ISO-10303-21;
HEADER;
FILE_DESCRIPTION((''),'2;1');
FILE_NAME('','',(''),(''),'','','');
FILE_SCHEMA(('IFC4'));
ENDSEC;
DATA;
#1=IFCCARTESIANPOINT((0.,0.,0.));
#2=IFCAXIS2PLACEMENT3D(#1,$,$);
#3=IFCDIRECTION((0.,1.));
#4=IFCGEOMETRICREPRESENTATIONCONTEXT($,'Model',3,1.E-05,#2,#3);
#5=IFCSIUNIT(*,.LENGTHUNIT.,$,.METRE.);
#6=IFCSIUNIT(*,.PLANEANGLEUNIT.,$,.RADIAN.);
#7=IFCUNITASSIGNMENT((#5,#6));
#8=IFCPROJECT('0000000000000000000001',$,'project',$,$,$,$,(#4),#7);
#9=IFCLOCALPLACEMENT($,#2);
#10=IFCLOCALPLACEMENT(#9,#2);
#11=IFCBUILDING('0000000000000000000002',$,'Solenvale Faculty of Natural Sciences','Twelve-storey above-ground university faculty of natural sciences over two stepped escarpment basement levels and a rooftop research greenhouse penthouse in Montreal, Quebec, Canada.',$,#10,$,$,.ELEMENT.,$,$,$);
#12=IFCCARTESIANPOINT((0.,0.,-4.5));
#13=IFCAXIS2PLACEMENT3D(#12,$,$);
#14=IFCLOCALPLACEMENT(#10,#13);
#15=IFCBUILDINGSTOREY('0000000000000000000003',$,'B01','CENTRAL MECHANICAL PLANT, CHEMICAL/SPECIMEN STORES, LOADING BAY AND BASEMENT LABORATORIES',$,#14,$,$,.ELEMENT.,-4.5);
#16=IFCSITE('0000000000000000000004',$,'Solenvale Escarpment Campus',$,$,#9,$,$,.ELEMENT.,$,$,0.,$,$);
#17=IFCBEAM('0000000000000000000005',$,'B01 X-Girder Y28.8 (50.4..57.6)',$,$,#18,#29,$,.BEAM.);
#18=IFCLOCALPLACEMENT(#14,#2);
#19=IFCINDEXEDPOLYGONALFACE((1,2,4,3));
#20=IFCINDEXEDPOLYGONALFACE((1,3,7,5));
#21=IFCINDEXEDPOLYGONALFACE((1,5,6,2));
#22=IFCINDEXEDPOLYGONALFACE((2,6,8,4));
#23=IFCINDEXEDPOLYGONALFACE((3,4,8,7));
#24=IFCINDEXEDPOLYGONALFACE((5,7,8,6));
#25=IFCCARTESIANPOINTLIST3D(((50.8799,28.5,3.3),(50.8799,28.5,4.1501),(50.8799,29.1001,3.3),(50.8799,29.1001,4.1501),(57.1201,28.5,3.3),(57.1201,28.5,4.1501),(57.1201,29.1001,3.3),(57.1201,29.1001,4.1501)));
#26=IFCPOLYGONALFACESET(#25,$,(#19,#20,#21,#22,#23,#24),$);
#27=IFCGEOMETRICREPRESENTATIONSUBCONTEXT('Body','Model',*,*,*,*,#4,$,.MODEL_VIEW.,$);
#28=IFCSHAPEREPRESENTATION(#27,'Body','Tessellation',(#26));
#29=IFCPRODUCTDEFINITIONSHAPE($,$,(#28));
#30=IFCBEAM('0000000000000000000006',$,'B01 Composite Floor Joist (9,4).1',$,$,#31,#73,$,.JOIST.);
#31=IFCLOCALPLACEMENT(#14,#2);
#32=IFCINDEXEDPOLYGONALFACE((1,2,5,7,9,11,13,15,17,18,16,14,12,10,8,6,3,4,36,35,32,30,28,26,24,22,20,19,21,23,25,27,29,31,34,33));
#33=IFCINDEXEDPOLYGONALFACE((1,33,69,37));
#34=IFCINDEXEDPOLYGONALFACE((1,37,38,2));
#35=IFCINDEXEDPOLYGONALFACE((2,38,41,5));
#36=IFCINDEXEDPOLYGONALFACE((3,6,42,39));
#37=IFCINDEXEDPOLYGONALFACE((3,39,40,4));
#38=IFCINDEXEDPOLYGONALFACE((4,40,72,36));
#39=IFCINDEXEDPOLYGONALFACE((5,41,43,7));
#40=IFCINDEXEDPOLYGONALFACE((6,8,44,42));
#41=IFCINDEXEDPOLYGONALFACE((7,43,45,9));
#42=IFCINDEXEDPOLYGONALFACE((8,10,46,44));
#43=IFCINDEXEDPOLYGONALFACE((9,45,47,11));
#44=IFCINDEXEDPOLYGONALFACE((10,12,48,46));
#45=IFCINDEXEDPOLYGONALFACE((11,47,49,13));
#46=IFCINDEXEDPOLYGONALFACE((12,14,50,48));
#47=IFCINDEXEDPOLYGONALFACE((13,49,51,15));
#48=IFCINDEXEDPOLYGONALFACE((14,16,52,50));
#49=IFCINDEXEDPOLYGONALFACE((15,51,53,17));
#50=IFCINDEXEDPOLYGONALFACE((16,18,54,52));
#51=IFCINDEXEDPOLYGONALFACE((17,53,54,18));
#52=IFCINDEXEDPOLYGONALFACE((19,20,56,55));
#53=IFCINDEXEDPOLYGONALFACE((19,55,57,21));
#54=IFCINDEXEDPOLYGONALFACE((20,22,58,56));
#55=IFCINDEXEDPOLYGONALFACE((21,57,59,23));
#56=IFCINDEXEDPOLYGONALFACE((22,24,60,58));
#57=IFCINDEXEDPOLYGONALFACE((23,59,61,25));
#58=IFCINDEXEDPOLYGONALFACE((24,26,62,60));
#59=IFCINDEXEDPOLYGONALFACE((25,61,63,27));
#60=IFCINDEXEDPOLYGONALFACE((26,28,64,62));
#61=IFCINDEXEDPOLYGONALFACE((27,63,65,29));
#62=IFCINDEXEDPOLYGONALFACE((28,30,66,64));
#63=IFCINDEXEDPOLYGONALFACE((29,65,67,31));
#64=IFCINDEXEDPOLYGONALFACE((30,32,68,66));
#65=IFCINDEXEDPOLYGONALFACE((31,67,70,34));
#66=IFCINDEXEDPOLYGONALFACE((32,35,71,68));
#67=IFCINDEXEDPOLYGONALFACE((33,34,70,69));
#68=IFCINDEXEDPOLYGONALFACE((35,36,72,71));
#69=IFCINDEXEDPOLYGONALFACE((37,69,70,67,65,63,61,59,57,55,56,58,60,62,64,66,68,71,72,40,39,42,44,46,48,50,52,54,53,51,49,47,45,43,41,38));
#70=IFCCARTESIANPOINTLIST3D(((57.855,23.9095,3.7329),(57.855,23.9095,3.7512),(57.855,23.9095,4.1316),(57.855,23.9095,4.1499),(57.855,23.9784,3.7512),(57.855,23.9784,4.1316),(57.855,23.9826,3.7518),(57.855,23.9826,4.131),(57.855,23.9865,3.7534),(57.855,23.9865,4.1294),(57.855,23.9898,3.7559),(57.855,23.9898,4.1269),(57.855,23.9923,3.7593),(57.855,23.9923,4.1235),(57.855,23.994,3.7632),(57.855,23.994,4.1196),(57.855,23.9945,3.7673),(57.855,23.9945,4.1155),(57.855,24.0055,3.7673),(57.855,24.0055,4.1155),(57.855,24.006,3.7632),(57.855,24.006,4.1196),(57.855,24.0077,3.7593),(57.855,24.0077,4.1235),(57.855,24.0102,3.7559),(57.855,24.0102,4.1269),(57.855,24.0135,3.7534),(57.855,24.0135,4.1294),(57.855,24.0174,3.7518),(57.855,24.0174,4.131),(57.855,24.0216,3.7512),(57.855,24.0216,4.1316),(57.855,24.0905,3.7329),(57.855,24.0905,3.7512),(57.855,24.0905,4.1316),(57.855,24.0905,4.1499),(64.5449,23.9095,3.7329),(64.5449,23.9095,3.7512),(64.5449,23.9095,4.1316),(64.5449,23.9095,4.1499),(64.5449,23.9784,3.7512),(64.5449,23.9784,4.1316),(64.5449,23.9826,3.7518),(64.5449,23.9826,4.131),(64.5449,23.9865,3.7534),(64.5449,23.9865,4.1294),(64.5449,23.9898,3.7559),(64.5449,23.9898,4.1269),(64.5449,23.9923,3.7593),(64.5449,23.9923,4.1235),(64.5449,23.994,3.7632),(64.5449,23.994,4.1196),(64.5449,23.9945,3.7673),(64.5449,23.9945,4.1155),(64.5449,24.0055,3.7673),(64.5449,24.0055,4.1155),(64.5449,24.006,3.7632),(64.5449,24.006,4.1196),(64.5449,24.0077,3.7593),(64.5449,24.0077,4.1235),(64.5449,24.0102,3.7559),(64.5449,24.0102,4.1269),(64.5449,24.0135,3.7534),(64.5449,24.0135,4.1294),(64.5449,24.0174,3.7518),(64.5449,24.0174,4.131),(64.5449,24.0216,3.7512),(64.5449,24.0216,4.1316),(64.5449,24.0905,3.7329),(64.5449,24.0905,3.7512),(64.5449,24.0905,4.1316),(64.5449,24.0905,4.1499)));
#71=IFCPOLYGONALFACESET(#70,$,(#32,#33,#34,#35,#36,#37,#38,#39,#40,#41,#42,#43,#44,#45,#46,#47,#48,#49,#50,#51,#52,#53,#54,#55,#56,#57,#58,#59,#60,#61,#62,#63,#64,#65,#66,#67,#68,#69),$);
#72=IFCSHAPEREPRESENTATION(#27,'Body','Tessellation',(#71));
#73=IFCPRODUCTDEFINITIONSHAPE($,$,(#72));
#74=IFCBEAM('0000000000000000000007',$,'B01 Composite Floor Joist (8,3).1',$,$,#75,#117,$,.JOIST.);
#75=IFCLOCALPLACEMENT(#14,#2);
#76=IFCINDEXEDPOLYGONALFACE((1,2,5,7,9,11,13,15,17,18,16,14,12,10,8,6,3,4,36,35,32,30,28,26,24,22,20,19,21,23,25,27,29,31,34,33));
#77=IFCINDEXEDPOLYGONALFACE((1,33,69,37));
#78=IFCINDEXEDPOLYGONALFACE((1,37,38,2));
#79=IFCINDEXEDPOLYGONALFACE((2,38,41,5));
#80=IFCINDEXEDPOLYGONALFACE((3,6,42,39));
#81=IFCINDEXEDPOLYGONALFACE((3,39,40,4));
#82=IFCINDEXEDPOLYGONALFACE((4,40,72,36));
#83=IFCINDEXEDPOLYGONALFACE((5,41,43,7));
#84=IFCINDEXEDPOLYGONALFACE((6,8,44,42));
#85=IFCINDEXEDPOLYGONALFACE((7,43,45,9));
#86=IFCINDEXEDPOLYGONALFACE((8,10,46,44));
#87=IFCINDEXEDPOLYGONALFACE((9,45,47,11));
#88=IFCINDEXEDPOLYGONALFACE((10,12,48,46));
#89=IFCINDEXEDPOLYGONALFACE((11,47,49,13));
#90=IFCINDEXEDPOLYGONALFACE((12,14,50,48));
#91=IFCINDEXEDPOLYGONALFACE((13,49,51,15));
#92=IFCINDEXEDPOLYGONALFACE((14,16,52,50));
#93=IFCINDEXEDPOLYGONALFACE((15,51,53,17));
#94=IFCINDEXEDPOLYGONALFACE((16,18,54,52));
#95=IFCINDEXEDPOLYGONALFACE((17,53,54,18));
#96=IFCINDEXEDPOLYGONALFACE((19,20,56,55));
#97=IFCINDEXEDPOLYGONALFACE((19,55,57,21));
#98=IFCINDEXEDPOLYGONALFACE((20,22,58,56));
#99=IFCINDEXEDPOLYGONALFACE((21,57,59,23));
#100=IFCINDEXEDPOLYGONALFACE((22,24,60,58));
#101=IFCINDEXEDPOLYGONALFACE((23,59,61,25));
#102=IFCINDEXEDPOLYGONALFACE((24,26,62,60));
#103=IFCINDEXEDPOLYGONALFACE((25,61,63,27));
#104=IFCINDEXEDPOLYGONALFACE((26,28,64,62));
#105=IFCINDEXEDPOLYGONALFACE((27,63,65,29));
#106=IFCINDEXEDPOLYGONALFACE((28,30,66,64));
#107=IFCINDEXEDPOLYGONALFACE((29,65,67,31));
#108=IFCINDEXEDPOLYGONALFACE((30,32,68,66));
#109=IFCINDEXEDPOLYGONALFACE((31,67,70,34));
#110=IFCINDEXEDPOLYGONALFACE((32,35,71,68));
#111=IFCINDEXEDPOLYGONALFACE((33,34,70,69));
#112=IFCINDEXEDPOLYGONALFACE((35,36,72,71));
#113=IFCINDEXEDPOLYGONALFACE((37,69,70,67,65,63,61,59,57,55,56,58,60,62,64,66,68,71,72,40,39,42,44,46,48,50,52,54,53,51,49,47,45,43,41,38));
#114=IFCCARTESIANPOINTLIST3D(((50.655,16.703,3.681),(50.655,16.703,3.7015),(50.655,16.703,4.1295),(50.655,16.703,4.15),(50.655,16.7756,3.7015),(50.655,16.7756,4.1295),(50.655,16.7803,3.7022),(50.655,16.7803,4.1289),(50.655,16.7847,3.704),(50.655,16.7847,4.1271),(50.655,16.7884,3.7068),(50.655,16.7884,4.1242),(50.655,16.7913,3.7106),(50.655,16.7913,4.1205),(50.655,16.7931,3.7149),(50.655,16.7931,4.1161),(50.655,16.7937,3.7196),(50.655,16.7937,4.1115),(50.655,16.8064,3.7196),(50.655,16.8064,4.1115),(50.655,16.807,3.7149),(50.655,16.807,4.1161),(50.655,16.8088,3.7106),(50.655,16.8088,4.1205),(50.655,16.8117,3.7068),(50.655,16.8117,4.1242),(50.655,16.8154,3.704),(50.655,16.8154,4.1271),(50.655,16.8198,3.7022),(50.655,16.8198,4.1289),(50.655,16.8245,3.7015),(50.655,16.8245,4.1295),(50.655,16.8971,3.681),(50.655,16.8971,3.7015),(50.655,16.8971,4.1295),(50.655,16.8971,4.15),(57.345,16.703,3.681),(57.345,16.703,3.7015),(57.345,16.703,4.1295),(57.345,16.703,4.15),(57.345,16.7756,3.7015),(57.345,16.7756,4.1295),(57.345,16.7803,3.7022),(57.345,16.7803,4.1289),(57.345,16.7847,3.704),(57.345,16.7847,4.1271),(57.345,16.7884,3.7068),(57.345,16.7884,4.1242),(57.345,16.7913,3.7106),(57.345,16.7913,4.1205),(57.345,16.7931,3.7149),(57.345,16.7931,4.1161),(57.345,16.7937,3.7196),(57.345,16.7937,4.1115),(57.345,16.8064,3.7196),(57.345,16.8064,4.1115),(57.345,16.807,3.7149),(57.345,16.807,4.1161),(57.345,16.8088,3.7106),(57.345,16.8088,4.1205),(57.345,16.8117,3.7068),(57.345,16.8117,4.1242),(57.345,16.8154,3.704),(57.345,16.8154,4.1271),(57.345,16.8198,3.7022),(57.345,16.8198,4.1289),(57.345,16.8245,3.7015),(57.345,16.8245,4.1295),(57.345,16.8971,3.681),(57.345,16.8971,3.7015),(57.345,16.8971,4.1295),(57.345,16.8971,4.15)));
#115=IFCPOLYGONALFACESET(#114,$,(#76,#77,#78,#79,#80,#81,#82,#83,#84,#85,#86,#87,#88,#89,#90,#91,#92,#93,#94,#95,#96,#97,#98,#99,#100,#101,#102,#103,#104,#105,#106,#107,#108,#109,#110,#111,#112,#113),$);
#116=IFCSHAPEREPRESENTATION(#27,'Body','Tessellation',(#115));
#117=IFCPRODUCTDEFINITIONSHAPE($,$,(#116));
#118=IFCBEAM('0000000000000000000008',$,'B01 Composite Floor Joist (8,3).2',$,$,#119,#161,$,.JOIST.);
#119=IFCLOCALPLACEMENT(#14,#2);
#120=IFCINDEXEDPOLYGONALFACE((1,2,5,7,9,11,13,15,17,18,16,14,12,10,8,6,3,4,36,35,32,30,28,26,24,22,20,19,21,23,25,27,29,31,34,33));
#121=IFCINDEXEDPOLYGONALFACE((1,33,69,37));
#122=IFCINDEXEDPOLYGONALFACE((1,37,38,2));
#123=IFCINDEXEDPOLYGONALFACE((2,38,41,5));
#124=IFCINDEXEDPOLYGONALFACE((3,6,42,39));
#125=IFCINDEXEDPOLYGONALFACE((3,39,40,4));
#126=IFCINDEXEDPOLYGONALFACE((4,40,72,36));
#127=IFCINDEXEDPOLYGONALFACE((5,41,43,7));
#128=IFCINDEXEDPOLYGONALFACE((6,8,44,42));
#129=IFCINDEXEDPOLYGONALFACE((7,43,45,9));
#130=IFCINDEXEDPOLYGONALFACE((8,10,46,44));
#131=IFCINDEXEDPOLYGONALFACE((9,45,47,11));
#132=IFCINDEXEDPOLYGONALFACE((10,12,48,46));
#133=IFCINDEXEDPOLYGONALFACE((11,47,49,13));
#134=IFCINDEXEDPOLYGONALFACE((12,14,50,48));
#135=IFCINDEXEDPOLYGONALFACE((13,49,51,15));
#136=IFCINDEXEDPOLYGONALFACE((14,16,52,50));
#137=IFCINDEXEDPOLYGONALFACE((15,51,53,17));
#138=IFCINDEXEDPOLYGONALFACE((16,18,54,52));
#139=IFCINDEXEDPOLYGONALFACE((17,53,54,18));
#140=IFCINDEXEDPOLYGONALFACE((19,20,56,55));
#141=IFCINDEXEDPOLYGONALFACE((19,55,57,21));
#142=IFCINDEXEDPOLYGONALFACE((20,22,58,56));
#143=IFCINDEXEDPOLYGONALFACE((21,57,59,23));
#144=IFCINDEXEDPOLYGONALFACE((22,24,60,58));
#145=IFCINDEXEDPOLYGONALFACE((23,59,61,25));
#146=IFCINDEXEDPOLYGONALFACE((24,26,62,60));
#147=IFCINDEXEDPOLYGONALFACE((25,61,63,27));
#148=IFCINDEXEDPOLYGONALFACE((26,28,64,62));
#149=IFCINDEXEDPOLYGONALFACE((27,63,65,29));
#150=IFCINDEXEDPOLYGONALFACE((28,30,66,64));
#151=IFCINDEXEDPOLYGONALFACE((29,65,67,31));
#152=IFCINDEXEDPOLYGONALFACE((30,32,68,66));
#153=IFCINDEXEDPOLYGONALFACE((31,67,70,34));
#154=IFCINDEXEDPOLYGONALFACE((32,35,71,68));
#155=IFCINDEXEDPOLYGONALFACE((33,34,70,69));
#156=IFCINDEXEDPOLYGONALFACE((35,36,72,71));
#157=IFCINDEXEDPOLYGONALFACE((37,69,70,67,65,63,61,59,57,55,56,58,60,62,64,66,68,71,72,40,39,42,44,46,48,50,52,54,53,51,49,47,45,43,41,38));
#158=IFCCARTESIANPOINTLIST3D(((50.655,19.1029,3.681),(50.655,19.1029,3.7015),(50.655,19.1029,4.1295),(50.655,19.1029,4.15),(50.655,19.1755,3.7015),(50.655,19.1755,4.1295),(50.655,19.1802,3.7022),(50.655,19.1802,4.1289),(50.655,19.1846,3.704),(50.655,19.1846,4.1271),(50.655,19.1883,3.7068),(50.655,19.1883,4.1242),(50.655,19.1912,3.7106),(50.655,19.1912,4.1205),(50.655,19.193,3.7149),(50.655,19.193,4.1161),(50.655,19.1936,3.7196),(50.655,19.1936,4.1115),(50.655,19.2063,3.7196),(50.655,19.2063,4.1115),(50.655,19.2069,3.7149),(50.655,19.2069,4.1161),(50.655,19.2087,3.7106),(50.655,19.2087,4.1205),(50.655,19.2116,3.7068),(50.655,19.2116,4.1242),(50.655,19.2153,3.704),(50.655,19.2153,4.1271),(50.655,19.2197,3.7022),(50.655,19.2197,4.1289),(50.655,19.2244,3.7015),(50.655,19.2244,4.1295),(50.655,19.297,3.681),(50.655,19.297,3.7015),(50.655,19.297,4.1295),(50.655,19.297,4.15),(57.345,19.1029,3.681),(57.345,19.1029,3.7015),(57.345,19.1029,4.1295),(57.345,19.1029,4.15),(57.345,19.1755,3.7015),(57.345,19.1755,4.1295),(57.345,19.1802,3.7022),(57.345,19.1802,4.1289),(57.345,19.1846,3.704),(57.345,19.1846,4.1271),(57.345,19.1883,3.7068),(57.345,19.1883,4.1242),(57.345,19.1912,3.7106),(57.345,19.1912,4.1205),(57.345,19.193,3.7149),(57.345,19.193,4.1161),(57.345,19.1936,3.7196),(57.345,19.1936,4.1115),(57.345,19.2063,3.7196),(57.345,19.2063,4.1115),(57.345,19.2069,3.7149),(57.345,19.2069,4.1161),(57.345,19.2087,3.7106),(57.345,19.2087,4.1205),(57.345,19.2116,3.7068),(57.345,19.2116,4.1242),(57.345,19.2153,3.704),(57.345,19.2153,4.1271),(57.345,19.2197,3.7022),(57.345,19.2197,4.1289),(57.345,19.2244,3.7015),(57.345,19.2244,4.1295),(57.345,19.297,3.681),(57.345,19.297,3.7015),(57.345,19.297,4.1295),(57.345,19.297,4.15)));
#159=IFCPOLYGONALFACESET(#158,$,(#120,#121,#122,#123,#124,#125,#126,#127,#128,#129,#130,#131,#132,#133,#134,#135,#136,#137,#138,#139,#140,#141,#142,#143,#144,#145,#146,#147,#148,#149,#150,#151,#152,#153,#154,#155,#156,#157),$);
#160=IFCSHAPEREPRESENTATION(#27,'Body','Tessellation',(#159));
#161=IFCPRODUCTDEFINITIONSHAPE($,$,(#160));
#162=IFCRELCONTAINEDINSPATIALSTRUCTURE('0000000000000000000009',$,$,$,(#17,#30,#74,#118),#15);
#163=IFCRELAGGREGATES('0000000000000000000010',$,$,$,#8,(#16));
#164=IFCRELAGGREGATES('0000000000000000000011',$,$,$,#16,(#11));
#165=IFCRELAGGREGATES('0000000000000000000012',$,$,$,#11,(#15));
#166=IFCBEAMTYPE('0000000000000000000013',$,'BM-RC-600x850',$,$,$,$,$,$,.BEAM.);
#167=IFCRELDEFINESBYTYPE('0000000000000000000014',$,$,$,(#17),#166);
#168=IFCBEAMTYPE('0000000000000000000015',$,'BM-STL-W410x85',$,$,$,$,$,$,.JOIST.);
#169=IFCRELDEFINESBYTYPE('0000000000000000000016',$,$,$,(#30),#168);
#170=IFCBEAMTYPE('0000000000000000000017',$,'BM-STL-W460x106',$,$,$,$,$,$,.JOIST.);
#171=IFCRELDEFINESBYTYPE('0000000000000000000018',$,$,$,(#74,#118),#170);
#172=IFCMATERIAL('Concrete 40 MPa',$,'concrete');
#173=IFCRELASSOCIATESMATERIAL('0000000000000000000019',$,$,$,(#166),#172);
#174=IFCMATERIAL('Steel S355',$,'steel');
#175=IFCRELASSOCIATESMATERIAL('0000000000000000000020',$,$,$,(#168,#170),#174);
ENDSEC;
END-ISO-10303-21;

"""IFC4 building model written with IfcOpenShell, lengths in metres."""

from ifc_helpers import new_model, si_unit, direction, frame, origin, origin_2d, place, context, subcontext, project, spatial, rectangle, i_section, extrude, material, material_profile, profile_set, type_object, element, save


model = new_model("IFC4")

# Units and contexts
model_context = context("Model", 3, precision=1e-05, world=origin(), true_north=direction((0.0, 1.0)))
body_context = subcontext(model_context, "Body", "Model", "MODEL_VIEW")
ifc_project = project(units=[si_unit("LENGTHUNIT", "METRE"), si_unit("PLANEANGLEUNIT", "RADIAN")], contexts=[model_context])

# Site, building, storey
site_placement = place(None, origin())
site = spatial("IfcSite", under=ifc_project, at=site_placement, Name="Solenvale Escarpment Campus", CompositionType="ELEMENT", RefElevation=0.0)
building_placement = place(site_placement, origin())
building = spatial("IfcBuilding", under=site, at=building_placement, Name="Solenvale Faculty of Natural Sciences", Description="Twelve-storey above-ground university faculty of natural sciences over two stepped escarpment basement levels and a rooftop research greenhouse penthouse in Montreal, Quebec, Canada.", CompositionType="ELEMENT")
storey_placement = place(building_placement, frame((0.0, 0.0, -4.5)))
storey = spatial("IfcBuildingStorey", under=building, at=storey_placement, Name="B01", Description="CENTRAL MECHANICAL PLANT, CHEMICAL/SPECIMEN STORES, LOADING BAY AND BASEMENT LABORATORIES", CompositionType="ELEMENT", Elevation=-4.5)

# Shared definitions
ifc_material_1 = material(Name="Concrete 40 MPa", Category="concrete")

# Beams
ifc_material_profile_1 = material_profile(ifc_material_1, rectangle(XDim=0.6001, YDim=0.8501, at=origin_2d()), Name="RC-BM-600x850")
ifc_profile_set_1 = profile_set([ifc_material_profile_1], Name="Concrete 40 MPa")
beam_type_1 = type_object("IfcBeamType", Name="BM-RC-600x850", PredefinedType="BEAM", material=ifc_profile_set_1)
for number, where, z_axis, x_axis, name in (
    (1, (50.8799, 28.8, 3.7251), (1.0, 0.0, 0.0), (0.0, 1.0, 0.0), "B01 X-Girder Y28.8 (50.4..57.6)"),
):
    element("IfcBeam", number, at=place(storey_placement, frame(where, z_axis=z_axis, x_axis=x_axis)), inside=storey, type_object=beam_type_1, Name=name, PredefinedType="BEAM", context=body_context, shape_type="SweptSolid", body=[
        extrude(rectangle(XDim=0.6001, YDim=0.8501, at=origin_2d()), origin(), (0.0, 0.0, 1.0), 6.2402),
    ])
ifc_material_2 = material(Name="Steel S355", Category="steel")
ifc_material_profile_2 = material_profile(ifc_material_2, i_section(OverallWidth=0.1809, OverallDepth=0.417, WebThickness=0.011, FlangeThickness=0.0183, FilletRadius=0.0161, at=origin_2d()), Name="W410x85")
ifc_profile_set_2 = profile_set([ifc_material_profile_2], Name="Steel S355")
beam_type_2 = type_object("IfcBeamType", Name="BM-STL-W410x85", PredefinedType="JOIST", material=ifc_profile_set_2)
beam_1_placement = place(storey_placement, frame((57.855, 24.0, 3.9414), z_axis=(1.0, 0.0, 0.0), x_axis=(0.0, 1.0, 0.0)))
element("IfcBeam", 2, at=beam_1_placement, inside=storey, type_object=beam_type_2, Name="B01 Composite Floor Joist (9,4).1", PredefinedType="JOIST", context=body_context, shape_type="SweptSolid", body=[
    extrude(i_section(OverallWidth=0.1809, OverallDepth=0.417, WebThickness=0.011, FlangeThickness=0.0183, FilletRadius=0.0161, at=origin_2d()), origin(), (0.0, 0.0, 1.0), 6.6899),
])
ifc_material_profile_3 = material_profile(ifc_material_2, i_section(OverallWidth=0.1941, OverallDepth=0.469, WebThickness=0.0127, FlangeThickness=0.0205, FilletRadius=0.0181, at=origin_2d()), Name="W460x106")
ifc_profile_set_3 = profile_set([ifc_material_profile_3], Name="Steel S355")
beam_type_3 = type_object("IfcBeamType", Name="BM-STL-W460x106", PredefinedType="JOIST", material=ifc_profile_set_3)
for number, where, z_axis, x_axis, name in (
    (3, (50.655, 16.8, 3.9155), (1.0, 0.0, 0.0), (0.0, 1.0, 0.0), "B01 Composite Floor Joist (8,3).1"),
    (4, (50.655, 19.2, 3.9155), (1.0, 0.0, 0.0), (0.0, 1.0, 0.0), "B01 Composite Floor Joist (8,3).2"),
):
    element("IfcBeam", number, at=place(storey_placement, frame(where, z_axis=z_axis, x_axis=x_axis)), inside=storey, type_object=beam_type_3, Name=name, PredefinedType="JOIST", context=body_context, shape_type="SweptSolid", body=[
        extrude(i_section(OverallWidth=0.1941, OverallDepth=0.469, WebThickness=0.0127, FlangeThickness=0.0205, FilletRadius=0.0181, at=origin_2d()), origin(), (0.0, 0.0, 1.0), 6.6899),
    ])

save(model, "model.ifc")
